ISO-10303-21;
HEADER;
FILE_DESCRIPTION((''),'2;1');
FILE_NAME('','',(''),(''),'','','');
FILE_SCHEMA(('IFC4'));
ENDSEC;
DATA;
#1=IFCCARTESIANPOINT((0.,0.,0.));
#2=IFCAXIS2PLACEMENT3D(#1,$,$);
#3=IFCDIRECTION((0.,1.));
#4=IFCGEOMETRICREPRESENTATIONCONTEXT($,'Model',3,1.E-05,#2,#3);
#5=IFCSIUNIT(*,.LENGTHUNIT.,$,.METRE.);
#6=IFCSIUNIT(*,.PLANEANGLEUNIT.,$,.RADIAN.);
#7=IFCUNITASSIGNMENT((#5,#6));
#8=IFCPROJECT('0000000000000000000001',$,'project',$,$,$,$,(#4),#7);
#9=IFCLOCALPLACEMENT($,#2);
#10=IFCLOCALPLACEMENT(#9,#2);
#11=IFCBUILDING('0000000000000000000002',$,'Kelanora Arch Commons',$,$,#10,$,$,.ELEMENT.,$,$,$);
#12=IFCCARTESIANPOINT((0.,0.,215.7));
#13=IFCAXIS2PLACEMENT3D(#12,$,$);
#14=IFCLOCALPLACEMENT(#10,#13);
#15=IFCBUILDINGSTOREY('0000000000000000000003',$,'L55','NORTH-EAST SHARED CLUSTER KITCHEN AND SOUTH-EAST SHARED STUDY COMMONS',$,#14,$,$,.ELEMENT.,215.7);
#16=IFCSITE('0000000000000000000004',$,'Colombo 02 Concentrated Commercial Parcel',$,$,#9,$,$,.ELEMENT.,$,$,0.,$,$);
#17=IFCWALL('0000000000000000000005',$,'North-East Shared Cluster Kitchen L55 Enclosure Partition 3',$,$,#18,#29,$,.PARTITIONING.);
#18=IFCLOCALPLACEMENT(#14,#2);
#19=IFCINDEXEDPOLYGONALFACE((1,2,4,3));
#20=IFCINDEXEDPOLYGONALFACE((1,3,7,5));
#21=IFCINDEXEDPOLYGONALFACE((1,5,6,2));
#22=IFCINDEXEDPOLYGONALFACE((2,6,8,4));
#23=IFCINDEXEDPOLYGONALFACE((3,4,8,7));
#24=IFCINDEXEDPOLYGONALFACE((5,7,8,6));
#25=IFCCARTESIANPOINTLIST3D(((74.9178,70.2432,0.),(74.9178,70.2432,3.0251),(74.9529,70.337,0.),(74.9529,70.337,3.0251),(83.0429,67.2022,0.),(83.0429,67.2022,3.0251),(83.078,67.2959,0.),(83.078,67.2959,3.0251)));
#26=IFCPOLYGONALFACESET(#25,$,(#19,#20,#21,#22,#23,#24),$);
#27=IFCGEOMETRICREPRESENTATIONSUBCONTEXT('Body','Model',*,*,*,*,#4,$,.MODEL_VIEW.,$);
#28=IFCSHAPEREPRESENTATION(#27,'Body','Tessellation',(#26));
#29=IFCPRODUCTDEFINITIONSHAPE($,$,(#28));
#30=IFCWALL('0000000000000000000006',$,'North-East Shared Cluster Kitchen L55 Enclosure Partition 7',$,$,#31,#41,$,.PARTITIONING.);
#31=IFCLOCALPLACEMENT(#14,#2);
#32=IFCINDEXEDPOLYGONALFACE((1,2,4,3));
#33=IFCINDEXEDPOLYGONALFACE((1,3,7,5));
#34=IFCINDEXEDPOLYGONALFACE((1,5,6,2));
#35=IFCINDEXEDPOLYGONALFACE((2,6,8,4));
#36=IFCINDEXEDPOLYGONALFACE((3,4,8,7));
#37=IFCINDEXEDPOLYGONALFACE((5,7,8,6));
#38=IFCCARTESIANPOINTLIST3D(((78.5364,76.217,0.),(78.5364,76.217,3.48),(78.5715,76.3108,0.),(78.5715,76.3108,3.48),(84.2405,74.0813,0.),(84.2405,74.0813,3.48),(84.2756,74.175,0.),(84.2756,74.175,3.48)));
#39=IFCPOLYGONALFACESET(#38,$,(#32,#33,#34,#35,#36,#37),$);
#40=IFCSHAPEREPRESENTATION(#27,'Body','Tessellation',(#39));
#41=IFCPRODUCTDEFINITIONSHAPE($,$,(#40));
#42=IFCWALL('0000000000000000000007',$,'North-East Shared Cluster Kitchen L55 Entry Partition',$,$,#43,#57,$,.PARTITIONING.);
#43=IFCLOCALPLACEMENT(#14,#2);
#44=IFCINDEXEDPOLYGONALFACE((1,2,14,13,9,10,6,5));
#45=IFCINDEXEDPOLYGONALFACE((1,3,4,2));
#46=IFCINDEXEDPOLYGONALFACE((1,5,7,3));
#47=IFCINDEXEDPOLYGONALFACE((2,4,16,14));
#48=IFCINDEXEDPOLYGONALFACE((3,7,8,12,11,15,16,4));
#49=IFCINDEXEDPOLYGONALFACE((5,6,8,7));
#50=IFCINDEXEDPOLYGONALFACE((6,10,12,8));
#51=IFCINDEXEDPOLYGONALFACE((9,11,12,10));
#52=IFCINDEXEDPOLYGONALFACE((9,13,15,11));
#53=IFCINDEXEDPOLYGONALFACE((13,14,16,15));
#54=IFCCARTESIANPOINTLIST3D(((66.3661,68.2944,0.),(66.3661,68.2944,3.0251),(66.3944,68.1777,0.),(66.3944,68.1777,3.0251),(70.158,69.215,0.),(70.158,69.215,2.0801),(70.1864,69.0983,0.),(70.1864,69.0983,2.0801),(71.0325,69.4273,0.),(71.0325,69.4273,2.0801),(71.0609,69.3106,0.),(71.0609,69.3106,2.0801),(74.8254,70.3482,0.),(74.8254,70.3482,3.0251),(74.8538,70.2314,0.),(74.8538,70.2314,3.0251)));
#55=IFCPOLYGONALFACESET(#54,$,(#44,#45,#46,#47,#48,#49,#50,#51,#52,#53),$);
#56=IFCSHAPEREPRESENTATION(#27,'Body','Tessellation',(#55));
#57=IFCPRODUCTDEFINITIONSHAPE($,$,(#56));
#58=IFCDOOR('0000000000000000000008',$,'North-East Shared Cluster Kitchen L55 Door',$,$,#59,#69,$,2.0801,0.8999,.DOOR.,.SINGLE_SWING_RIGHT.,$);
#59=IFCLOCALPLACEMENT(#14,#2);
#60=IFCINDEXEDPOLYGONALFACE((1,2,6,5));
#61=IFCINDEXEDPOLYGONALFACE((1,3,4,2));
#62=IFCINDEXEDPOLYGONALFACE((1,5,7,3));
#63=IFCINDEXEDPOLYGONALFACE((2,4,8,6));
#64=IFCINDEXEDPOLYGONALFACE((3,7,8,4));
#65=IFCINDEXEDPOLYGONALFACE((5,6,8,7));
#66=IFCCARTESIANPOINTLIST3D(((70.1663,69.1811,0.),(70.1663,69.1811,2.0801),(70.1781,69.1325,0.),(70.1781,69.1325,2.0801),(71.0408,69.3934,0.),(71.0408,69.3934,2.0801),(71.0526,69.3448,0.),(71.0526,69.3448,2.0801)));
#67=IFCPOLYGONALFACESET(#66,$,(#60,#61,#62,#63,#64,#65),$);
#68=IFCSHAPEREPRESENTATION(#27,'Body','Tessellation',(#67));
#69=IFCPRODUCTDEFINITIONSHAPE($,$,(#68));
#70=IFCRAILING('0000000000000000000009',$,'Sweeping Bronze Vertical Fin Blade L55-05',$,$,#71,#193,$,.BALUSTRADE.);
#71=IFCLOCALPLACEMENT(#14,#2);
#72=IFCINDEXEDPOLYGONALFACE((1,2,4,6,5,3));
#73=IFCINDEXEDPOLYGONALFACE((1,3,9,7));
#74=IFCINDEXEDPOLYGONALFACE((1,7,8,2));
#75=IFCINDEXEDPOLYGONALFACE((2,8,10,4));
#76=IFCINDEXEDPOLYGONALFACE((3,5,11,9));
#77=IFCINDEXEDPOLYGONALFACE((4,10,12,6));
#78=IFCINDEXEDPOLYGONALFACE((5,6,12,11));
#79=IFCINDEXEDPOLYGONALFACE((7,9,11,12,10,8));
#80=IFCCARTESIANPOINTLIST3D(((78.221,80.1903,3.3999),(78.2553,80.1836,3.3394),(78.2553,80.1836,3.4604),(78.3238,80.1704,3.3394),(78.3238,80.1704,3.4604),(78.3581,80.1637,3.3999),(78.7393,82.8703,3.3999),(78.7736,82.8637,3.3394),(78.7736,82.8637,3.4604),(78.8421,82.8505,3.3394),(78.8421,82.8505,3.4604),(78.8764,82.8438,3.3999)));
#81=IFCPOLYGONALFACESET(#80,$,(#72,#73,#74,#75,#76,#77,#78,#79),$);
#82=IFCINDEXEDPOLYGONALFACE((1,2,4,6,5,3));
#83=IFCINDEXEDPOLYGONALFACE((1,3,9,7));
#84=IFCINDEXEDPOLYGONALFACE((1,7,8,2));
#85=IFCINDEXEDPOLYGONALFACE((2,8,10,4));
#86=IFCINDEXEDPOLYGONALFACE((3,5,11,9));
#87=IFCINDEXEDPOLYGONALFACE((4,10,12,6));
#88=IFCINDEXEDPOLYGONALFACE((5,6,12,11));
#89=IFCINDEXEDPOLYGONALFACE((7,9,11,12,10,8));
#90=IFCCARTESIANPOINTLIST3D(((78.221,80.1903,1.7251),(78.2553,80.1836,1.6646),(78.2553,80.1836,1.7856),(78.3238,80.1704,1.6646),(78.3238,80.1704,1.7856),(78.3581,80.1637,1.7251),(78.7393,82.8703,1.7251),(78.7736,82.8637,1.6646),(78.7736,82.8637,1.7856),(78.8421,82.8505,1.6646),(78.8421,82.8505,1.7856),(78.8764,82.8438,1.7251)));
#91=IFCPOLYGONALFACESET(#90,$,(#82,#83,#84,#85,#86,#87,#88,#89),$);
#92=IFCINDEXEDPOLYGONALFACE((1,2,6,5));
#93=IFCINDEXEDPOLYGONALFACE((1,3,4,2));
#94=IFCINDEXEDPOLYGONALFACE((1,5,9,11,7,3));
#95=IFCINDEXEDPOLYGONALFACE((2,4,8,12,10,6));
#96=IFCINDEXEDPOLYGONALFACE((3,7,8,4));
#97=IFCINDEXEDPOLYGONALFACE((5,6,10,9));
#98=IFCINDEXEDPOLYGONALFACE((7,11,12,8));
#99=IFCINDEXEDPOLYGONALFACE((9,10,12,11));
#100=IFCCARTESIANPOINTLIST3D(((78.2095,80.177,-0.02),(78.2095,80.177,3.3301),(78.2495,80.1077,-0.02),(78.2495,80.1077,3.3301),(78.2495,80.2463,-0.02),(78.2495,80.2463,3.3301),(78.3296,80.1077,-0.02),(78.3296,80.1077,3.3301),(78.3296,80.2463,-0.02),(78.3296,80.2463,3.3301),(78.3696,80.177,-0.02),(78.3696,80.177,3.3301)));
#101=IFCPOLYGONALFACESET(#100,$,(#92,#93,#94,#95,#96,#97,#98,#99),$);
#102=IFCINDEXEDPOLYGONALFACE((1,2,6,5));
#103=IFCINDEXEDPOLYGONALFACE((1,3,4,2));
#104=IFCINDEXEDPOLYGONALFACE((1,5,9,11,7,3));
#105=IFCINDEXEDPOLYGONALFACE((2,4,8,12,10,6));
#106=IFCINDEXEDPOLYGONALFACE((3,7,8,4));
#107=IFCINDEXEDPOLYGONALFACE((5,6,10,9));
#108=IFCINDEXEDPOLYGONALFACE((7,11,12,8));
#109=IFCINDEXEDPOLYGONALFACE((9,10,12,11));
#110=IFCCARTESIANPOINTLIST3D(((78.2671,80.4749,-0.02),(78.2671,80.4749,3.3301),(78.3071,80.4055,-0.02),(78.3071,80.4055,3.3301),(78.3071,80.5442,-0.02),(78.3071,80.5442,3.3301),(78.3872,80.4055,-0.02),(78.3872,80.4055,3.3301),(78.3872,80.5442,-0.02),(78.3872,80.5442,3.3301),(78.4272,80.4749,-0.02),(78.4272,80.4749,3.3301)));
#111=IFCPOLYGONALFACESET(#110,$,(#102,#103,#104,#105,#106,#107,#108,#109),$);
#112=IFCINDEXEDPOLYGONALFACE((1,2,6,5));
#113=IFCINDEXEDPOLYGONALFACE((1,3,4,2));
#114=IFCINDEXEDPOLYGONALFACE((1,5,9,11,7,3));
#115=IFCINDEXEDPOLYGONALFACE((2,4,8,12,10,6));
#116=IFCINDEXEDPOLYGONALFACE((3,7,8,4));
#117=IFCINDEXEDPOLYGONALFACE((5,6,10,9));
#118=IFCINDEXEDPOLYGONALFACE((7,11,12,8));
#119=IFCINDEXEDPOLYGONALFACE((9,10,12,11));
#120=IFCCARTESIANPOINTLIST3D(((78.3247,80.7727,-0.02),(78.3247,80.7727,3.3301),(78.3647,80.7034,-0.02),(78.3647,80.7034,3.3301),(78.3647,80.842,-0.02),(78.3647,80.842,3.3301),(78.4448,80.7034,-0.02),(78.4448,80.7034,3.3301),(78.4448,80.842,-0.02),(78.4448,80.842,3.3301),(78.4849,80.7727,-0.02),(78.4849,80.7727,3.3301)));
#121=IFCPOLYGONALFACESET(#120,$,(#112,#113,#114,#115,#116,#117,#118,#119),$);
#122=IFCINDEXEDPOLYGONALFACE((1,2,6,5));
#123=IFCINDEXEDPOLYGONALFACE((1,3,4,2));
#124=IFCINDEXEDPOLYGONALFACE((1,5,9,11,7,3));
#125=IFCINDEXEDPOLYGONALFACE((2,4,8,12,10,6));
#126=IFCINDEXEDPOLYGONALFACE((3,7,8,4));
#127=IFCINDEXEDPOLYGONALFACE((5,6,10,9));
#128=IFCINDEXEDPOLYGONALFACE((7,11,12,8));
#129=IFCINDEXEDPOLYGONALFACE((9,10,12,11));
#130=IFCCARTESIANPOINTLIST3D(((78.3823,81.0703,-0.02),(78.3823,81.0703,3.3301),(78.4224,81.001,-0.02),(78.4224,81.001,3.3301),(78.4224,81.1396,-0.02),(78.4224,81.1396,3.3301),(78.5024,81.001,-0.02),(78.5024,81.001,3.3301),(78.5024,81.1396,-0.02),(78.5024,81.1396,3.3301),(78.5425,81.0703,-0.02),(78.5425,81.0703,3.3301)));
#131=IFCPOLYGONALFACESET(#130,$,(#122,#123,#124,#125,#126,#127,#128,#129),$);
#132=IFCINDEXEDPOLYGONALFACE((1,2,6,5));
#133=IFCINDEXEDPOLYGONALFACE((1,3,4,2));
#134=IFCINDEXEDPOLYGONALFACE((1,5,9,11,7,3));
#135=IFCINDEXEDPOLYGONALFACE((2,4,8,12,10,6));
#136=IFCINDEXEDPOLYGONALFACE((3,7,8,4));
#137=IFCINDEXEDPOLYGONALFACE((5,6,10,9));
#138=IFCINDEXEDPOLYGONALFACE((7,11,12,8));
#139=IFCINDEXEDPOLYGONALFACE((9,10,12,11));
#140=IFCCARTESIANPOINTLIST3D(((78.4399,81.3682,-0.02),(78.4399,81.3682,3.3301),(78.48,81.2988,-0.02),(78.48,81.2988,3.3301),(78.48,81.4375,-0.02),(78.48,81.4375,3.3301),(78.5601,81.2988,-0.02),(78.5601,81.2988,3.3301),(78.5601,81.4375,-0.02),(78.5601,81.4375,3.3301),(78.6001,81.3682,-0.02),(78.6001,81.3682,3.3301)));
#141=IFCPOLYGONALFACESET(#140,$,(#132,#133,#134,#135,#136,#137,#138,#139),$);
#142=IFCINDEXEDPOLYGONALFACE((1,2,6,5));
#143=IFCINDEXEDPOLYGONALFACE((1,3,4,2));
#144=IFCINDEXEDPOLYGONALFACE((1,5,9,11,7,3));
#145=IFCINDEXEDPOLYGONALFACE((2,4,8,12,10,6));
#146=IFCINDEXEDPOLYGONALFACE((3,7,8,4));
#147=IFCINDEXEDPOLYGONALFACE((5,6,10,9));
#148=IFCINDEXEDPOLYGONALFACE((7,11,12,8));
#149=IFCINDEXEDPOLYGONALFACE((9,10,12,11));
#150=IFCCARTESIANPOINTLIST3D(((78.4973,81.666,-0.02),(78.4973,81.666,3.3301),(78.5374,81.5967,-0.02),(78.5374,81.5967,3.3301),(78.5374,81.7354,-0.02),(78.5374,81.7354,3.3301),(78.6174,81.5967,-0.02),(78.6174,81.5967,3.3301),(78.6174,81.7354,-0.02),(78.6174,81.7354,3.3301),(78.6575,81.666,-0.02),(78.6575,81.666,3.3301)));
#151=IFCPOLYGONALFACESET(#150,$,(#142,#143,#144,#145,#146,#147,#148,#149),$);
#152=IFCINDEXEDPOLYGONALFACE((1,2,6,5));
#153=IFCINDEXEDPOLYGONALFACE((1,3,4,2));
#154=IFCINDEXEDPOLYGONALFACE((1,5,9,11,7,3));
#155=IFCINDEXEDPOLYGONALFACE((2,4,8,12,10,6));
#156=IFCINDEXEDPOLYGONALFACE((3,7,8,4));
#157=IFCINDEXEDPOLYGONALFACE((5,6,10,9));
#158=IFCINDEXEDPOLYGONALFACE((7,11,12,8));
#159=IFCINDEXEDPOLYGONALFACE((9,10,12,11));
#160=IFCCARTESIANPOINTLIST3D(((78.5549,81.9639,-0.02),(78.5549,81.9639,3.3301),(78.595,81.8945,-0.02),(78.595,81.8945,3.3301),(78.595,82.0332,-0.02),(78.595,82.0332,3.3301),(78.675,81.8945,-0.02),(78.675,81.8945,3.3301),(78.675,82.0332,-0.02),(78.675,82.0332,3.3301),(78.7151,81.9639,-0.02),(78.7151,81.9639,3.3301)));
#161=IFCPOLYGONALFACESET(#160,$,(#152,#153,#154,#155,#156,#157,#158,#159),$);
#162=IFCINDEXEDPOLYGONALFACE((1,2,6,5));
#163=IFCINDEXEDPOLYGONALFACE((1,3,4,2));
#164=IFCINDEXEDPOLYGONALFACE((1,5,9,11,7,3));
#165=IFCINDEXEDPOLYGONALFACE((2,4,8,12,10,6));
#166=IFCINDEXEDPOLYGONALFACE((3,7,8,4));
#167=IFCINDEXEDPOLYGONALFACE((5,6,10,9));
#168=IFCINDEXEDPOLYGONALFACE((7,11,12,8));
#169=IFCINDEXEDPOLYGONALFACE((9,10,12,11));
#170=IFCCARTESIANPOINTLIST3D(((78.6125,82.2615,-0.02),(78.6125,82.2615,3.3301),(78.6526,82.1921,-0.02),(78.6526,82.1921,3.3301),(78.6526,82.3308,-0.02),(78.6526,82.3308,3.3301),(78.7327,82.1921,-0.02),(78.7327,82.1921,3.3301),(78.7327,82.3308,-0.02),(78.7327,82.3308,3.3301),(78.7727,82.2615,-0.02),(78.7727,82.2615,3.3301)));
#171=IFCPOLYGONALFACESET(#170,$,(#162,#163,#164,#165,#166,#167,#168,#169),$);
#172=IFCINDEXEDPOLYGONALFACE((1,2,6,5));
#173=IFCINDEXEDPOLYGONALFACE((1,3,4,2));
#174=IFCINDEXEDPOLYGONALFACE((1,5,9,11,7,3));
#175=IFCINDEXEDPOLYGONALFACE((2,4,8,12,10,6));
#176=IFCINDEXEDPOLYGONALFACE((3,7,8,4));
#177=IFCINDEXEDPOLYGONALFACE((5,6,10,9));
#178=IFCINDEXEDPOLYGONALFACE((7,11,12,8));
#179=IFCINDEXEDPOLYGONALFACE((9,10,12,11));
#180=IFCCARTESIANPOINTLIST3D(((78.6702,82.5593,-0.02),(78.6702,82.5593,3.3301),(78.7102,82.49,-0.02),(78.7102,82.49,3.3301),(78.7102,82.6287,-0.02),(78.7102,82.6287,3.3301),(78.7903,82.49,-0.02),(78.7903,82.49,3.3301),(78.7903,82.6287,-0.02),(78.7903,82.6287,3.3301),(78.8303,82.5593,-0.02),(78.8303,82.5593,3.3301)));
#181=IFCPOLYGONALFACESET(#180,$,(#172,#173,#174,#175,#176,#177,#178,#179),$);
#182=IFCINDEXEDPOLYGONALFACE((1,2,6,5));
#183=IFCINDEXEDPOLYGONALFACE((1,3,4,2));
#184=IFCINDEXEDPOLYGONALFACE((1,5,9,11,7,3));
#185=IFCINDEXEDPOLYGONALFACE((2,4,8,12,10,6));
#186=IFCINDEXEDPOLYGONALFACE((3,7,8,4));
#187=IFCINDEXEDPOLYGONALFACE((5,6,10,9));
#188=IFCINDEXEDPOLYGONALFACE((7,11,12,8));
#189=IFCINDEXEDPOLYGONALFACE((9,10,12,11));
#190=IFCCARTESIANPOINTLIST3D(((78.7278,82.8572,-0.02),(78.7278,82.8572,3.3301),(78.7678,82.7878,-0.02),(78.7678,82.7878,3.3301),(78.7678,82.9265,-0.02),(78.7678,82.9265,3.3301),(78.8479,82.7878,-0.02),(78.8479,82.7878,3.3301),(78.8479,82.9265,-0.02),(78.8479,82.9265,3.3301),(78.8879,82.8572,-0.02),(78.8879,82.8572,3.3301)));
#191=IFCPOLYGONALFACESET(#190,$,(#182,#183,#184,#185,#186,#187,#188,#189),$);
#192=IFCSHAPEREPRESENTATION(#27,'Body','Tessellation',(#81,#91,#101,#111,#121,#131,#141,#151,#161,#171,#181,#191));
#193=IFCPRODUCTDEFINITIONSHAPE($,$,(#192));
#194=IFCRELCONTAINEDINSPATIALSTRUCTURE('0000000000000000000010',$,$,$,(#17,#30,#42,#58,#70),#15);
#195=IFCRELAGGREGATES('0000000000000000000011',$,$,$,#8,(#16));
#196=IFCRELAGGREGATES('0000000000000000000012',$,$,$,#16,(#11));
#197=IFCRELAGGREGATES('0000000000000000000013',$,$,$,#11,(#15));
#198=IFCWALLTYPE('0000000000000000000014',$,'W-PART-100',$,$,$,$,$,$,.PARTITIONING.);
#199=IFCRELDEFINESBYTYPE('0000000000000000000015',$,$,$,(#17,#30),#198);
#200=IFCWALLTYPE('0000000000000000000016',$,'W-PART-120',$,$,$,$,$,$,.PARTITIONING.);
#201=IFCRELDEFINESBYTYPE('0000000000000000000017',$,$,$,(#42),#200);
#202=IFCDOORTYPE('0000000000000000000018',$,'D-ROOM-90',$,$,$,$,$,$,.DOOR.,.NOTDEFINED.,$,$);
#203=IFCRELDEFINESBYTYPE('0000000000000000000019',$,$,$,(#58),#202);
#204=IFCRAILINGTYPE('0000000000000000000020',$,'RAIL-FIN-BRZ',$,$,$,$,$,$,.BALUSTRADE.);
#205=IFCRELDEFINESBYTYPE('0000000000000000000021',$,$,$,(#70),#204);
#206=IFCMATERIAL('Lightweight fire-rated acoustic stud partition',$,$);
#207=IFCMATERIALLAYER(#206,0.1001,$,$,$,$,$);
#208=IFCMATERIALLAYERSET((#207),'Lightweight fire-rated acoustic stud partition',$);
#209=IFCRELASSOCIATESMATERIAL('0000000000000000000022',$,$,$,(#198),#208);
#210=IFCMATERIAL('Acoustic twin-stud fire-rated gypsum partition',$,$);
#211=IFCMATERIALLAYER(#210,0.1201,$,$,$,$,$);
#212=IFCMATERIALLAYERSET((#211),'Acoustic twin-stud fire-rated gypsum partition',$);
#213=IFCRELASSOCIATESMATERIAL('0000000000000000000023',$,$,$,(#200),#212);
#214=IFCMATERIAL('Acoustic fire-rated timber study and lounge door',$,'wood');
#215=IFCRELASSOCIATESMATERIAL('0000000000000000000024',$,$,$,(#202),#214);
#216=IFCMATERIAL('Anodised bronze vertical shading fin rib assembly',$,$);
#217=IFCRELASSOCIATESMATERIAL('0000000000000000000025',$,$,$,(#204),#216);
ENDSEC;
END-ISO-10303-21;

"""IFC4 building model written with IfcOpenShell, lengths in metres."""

from ifc_helpers import new_model, si_unit, direction, frame, frame_2d, origin, place, context, subcontext, project, spatial, polyline, rectangle, outline, extrude, material, layer, layer_set, type_object, element, fill, save


model = new_model("IFC4")

# Units and contexts
model_context = context("Model", 3, precision=1e-05, world=origin(), true_north=direction((0.0, 1.0)))
body_context = subcontext(model_context, "Body", "Model", "MODEL_VIEW")
ifc_project = project(units=[si_unit("LENGTHUNIT", "METRE"), si_unit("PLANEANGLEUNIT", "RADIAN")], contexts=[model_context])

# Site, building, storey
site_placement = place(None, origin())
site = spatial("IfcSite", under=ifc_project, at=site_placement, Name="Colombo 02 Concentrated Commercial Parcel", CompositionType="ELEMENT", RefElevation=0.0)
building_placement = place(site_placement, origin())
building = spatial("IfcBuilding", under=site, at=building_placement, Name="Kelanora Arch Commons", CompositionType="ELEMENT")
storey_placement = place(building_placement, frame((0.0, 0.0, 215.7)))
storey = spatial("IfcBuildingStorey", under=building, at=storey_placement, Name="L55", Description="NORTH-EAST SHARED CLUSTER KITCHEN AND SOUTH-EAST SHARED STUDY COMMONS", CompositionType="ELEMENT", Elevation=215.7)

# Walls
ifc_material_1 = material(Name="Lightweight fire-rated acoustic stud partition")
ifc_layer_1 = layer(ifc_material_1, 0.1001)
ifc_layer_set_1 = layer_set([ifc_layer_1], Name="Lightweight fire-rated acoustic stud partition")
wall_type_1 = type_object("IfcWallType", Name="W-PART-100", PredefinedType="PARTITIONING", material=ifc_layer_set_1)
wall_1_placement = place(storey_placement, frame((83.0605, 67.249, 0.0), z_axis=(0.0, 0.0, 1.0), x_axis=(-0.936551, 0.350531, 0.0)))
element("IfcWall", 1, at=wall_1_placement, inside=storey, type_object=wall_type_1, Name="North-East Shared Cluster Kitchen L55 Enclosure Partition 3", PredefinedType="PARTITIONING", context=body_context, shape_type="SweptSolid", body=[
    extrude(rectangle(XDim=8.6755, YDim=0.1001, at=frame_2d((4.3379, 0.0))), origin(), (0.0, 0.0, 1.0), 3.0251),
])
wall_2_placement = place(storey_placement, frame((78.554, 76.2639, 0.0), z_axis=(0.0, 0.0, 1.0), x_axis=(0.936507, -0.350649, 0.0)))
element("IfcWall", 2, at=wall_2_placement, inside=storey, type_object=wall_type_1, Name="North-East Shared Cluster Kitchen L55 Enclosure Partition 7", PredefinedType="PARTITIONING", context=body_context, shape_type="SweptSolid", body=[
    extrude(rectangle(XDim=6.0908, YDim=0.1001, at=frame_2d((3.0454, 0.0))), origin(), (0.0, 0.0, 1.0), 3.48),
])

# Wall, opening, door
ifc_material_2 = material(Name="Acoustic twin-stud fire-rated gypsum partition")
ifc_layer_2 = layer(ifc_material_2, 0.1201)
ifc_layer_set_2 = layer_set([ifc_layer_2], Name="Acoustic twin-stud fire-rated gypsum partition")
wall_type_2 = type_object("IfcWallType", Name="W-PART-120", PredefinedType="PARTITIONING", material=ifc_layer_set_2)
wall_3_placement = place(storey_placement, frame((74.8396, 70.2898, 0.0), z_axis=(0.0, 0.0, 1.0), x_axis=(-0.971771, -0.235924, 0.0)))
wall_3 = element("IfcWall", 3, at=wall_3_placement, inside=storey, type_object=wall_type_2, Name="North-East Shared Cluster Kitchen L55 Entry Partition", PredefinedType="PARTITIONING", context=body_context, shape_type="SweptSolid", body=[
    extrude(rectangle(XDim=8.7051, YDim=0.1201, at=frame_2d((4.3525, 0.0))), origin(), (0.0, 0.0, 1.0), 3.0251),
])
opening_1_placement = place(wall_3_placement, frame((3.9031, 0.0, 0.0)))
opening_1 = element("IfcOpeningElement", 4, at=opening_1_placement, cuts=wall_3, PredefinedType="OPENING", context=body_context, shape_type="SweptSolid", body=[
    extrude(rectangle(XDim=0.8999, YDim=2.0801, at=frame_2d((0.45, 1.04))), frame((0.0, 0.0701, 0.0), z_axis=(0.0, -1.0, 0.0), x_axis=(1.0, 0.0, 0.0)), (0.0, 0.0, 1.0), 0.1401),
])
ifc_material_3 = material(Name="Acoustic fire-rated timber study and lounge door", Category="wood")
door_type_1 = type_object("IfcDoorType", Name="D-ROOM-90", OperationType="NOTDEFINED", PredefinedType="DOOR", material=ifc_material_3)
door_1_placement = place(opening_1_placement, origin())
door_1 = element("IfcDoor", 5, at=door_1_placement, inside=storey, type_object=door_type_1, Name="North-East Shared Cluster Kitchen L55 Door", OperationType="SINGLE_SWING_RIGHT", OverallHeight=2.0801, OverallWidth=0.8999, PredefinedType="DOOR", context=body_context, shape_type="SweptSolid", body=[
    extrude(rectangle(XDim=0.8999, YDim=2.0801, at=frame_2d((0.45, 1.04))), frame((0.0, 0.0249, 0.0), z_axis=(0.0, -1.0, 0.0), x_axis=(1.0, 0.0, 0.0)), (0.0, 0.0, 1.0), 0.05),
])
fill(opening_1, door_1)

# Railing
ifc_material_4 = material(Name="Anodised bronze vertical shading fin rib assembly")
railing_type = type_object("IfcRailingType", Name="RAIL-FIN-BRZ", PredefinedType="BALUSTRADE", material=ifc_material_4)
railing_placement = place(storey_placement, frame((78.2896, 80.177, -0.02)))
element("IfcRailing", 6, at=railing_placement, inside=storey, type_object=railing_type, Name="Sweeping Bronze Vertical Fin Blade L55-05", PredefinedType="BALUSTRADE", context=body_context, shape_type="SweptSolid", body=[
    extrude(outline(polyline([(0.0698, 0.0), (0.0349, 0.0605), (-0.0349, 0.0605), (-0.0698, 0.0), (-0.0349, -0.0605), (0.0349, -0.0605), (0.0698, 0.0)])), frame((0.0, 0.0, 3.4199), z_axis=(0.189869, 0.981809, 0.0), x_axis=(-0.981809, 0.189869, 0.0)), (0.0, 0.0, 1.0), 2.7297),
    extrude(outline(polyline([(0.0698, 0.0), (0.0349, 0.0605), (-0.0349, 0.0605), (-0.0698, 0.0), (-0.0349, -0.0605), (0.0349, -0.0605), (0.0698, 0.0)])), frame((0.0, 0.0, 1.7451), z_axis=(0.189869, 0.981809, 0.0), x_axis=(-0.981809, 0.189869, 0.0)), (0.0, 0.0, 1.0), 2.7297),
    extrude(outline(polyline([(0.0801, 0.0), (0.04, 0.0693), (-0.04, 0.0693), (-0.0801, 0.0), (-0.04, -0.0693), (0.04, -0.0693), (0.0801, 0.0)])), origin(), (0.0, 0.0, 1.0), 3.3501),
    extrude(outline(polyline([(0.0801, 0.0), (0.04, 0.0693), (-0.04, 0.0693), (-0.0801, 0.0), (-0.04, -0.0693), (0.04, -0.0693), (0.0801, 0.0)])), frame((0.0576, 0.2979, 0.0)), (0.0, 0.0, 1.0), 3.3501),
    extrude(outline(polyline([(0.0801, 0.0), (0.04, 0.0693), (-0.04, 0.0693), (-0.0801, 0.0), (-0.04, -0.0693), (0.04, -0.0693), (0.0801, 0.0)])), frame((0.1152, 0.5957, 0.0)), (0.0, 0.0, 1.0), 3.3501),
    extrude(outline(polyline([(0.0801, 0.0), (0.04, 0.0693), (-0.04, 0.0693), (-0.0801, 0.0), (-0.04, -0.0693), (0.04, -0.0693), (0.0801, 0.0)])), frame((0.1729, 0.8933, 0.0)), (0.0, 0.0, 1.0), 3.3501),
    extrude(outline(polyline([(0.0801, 0.0), (0.04, 0.0693), (-0.04, 0.0693), (-0.0801, 0.0), (-0.04, -0.0693), (0.04, -0.0693), (0.0801, 0.0)])), frame((0.2305, 1.1912, 0.0)), (0.0, 0.0, 1.0), 3.3501),
    extrude(outline(polyline([(0.0801, 0.0), (0.04, 0.0693), (-0.04, 0.0693), (-0.0801, 0.0), (-0.04, -0.0693), (0.04, -0.0693), (0.0801, 0.0)])), frame((0.2878, 1.489, 0.0)), (0.0, 0.0, 1.0), 3.3501),
    extrude(outline(polyline([(0.0801, 0.0), (0.04, 0.0693), (-0.04, 0.0693), (-0.0801, 0.0), (-0.04, -0.0693), (0.04, -0.0693), (0.0801, 0.0)])), frame((0.3455, 1.7869, 0.0)), (0.0, 0.0, 1.0), 3.3501),
    extrude(outline(polyline([(0.0801, 0.0), (0.04, 0.0693), (-0.04, 0.0693), (-0.0801, 0.0), (-0.04, -0.0693), (0.04, -0.0693), (0.0801, 0.0)])), frame((0.4031, 2.0845, 0.0)), (0.0, 0.0, 1.0), 3.3501),
    extrude(outline(polyline([(0.0801, 0.0), (0.04, 0.0693), (-0.04, 0.0693), (-0.0801, 0.0), (-0.04, -0.0693), (0.04, -0.0693), (0.0801, 0.0)])), frame((0.4607, 2.3823, 0.0)), (0.0, 0.0, 1.0), 3.3501),
    extrude(outline(polyline([(0.0801, 0.0), (0.04, 0.0693), (-0.04, 0.0693), (-0.0801, 0.0), (-0.04, -0.0693), (0.04, -0.0693), (0.0801, 0.0)])), frame((0.5183, 2.6802, 0.0)), (0.0, 0.0, 1.0), 3.3501),
])

save(model, "model.ifc")
